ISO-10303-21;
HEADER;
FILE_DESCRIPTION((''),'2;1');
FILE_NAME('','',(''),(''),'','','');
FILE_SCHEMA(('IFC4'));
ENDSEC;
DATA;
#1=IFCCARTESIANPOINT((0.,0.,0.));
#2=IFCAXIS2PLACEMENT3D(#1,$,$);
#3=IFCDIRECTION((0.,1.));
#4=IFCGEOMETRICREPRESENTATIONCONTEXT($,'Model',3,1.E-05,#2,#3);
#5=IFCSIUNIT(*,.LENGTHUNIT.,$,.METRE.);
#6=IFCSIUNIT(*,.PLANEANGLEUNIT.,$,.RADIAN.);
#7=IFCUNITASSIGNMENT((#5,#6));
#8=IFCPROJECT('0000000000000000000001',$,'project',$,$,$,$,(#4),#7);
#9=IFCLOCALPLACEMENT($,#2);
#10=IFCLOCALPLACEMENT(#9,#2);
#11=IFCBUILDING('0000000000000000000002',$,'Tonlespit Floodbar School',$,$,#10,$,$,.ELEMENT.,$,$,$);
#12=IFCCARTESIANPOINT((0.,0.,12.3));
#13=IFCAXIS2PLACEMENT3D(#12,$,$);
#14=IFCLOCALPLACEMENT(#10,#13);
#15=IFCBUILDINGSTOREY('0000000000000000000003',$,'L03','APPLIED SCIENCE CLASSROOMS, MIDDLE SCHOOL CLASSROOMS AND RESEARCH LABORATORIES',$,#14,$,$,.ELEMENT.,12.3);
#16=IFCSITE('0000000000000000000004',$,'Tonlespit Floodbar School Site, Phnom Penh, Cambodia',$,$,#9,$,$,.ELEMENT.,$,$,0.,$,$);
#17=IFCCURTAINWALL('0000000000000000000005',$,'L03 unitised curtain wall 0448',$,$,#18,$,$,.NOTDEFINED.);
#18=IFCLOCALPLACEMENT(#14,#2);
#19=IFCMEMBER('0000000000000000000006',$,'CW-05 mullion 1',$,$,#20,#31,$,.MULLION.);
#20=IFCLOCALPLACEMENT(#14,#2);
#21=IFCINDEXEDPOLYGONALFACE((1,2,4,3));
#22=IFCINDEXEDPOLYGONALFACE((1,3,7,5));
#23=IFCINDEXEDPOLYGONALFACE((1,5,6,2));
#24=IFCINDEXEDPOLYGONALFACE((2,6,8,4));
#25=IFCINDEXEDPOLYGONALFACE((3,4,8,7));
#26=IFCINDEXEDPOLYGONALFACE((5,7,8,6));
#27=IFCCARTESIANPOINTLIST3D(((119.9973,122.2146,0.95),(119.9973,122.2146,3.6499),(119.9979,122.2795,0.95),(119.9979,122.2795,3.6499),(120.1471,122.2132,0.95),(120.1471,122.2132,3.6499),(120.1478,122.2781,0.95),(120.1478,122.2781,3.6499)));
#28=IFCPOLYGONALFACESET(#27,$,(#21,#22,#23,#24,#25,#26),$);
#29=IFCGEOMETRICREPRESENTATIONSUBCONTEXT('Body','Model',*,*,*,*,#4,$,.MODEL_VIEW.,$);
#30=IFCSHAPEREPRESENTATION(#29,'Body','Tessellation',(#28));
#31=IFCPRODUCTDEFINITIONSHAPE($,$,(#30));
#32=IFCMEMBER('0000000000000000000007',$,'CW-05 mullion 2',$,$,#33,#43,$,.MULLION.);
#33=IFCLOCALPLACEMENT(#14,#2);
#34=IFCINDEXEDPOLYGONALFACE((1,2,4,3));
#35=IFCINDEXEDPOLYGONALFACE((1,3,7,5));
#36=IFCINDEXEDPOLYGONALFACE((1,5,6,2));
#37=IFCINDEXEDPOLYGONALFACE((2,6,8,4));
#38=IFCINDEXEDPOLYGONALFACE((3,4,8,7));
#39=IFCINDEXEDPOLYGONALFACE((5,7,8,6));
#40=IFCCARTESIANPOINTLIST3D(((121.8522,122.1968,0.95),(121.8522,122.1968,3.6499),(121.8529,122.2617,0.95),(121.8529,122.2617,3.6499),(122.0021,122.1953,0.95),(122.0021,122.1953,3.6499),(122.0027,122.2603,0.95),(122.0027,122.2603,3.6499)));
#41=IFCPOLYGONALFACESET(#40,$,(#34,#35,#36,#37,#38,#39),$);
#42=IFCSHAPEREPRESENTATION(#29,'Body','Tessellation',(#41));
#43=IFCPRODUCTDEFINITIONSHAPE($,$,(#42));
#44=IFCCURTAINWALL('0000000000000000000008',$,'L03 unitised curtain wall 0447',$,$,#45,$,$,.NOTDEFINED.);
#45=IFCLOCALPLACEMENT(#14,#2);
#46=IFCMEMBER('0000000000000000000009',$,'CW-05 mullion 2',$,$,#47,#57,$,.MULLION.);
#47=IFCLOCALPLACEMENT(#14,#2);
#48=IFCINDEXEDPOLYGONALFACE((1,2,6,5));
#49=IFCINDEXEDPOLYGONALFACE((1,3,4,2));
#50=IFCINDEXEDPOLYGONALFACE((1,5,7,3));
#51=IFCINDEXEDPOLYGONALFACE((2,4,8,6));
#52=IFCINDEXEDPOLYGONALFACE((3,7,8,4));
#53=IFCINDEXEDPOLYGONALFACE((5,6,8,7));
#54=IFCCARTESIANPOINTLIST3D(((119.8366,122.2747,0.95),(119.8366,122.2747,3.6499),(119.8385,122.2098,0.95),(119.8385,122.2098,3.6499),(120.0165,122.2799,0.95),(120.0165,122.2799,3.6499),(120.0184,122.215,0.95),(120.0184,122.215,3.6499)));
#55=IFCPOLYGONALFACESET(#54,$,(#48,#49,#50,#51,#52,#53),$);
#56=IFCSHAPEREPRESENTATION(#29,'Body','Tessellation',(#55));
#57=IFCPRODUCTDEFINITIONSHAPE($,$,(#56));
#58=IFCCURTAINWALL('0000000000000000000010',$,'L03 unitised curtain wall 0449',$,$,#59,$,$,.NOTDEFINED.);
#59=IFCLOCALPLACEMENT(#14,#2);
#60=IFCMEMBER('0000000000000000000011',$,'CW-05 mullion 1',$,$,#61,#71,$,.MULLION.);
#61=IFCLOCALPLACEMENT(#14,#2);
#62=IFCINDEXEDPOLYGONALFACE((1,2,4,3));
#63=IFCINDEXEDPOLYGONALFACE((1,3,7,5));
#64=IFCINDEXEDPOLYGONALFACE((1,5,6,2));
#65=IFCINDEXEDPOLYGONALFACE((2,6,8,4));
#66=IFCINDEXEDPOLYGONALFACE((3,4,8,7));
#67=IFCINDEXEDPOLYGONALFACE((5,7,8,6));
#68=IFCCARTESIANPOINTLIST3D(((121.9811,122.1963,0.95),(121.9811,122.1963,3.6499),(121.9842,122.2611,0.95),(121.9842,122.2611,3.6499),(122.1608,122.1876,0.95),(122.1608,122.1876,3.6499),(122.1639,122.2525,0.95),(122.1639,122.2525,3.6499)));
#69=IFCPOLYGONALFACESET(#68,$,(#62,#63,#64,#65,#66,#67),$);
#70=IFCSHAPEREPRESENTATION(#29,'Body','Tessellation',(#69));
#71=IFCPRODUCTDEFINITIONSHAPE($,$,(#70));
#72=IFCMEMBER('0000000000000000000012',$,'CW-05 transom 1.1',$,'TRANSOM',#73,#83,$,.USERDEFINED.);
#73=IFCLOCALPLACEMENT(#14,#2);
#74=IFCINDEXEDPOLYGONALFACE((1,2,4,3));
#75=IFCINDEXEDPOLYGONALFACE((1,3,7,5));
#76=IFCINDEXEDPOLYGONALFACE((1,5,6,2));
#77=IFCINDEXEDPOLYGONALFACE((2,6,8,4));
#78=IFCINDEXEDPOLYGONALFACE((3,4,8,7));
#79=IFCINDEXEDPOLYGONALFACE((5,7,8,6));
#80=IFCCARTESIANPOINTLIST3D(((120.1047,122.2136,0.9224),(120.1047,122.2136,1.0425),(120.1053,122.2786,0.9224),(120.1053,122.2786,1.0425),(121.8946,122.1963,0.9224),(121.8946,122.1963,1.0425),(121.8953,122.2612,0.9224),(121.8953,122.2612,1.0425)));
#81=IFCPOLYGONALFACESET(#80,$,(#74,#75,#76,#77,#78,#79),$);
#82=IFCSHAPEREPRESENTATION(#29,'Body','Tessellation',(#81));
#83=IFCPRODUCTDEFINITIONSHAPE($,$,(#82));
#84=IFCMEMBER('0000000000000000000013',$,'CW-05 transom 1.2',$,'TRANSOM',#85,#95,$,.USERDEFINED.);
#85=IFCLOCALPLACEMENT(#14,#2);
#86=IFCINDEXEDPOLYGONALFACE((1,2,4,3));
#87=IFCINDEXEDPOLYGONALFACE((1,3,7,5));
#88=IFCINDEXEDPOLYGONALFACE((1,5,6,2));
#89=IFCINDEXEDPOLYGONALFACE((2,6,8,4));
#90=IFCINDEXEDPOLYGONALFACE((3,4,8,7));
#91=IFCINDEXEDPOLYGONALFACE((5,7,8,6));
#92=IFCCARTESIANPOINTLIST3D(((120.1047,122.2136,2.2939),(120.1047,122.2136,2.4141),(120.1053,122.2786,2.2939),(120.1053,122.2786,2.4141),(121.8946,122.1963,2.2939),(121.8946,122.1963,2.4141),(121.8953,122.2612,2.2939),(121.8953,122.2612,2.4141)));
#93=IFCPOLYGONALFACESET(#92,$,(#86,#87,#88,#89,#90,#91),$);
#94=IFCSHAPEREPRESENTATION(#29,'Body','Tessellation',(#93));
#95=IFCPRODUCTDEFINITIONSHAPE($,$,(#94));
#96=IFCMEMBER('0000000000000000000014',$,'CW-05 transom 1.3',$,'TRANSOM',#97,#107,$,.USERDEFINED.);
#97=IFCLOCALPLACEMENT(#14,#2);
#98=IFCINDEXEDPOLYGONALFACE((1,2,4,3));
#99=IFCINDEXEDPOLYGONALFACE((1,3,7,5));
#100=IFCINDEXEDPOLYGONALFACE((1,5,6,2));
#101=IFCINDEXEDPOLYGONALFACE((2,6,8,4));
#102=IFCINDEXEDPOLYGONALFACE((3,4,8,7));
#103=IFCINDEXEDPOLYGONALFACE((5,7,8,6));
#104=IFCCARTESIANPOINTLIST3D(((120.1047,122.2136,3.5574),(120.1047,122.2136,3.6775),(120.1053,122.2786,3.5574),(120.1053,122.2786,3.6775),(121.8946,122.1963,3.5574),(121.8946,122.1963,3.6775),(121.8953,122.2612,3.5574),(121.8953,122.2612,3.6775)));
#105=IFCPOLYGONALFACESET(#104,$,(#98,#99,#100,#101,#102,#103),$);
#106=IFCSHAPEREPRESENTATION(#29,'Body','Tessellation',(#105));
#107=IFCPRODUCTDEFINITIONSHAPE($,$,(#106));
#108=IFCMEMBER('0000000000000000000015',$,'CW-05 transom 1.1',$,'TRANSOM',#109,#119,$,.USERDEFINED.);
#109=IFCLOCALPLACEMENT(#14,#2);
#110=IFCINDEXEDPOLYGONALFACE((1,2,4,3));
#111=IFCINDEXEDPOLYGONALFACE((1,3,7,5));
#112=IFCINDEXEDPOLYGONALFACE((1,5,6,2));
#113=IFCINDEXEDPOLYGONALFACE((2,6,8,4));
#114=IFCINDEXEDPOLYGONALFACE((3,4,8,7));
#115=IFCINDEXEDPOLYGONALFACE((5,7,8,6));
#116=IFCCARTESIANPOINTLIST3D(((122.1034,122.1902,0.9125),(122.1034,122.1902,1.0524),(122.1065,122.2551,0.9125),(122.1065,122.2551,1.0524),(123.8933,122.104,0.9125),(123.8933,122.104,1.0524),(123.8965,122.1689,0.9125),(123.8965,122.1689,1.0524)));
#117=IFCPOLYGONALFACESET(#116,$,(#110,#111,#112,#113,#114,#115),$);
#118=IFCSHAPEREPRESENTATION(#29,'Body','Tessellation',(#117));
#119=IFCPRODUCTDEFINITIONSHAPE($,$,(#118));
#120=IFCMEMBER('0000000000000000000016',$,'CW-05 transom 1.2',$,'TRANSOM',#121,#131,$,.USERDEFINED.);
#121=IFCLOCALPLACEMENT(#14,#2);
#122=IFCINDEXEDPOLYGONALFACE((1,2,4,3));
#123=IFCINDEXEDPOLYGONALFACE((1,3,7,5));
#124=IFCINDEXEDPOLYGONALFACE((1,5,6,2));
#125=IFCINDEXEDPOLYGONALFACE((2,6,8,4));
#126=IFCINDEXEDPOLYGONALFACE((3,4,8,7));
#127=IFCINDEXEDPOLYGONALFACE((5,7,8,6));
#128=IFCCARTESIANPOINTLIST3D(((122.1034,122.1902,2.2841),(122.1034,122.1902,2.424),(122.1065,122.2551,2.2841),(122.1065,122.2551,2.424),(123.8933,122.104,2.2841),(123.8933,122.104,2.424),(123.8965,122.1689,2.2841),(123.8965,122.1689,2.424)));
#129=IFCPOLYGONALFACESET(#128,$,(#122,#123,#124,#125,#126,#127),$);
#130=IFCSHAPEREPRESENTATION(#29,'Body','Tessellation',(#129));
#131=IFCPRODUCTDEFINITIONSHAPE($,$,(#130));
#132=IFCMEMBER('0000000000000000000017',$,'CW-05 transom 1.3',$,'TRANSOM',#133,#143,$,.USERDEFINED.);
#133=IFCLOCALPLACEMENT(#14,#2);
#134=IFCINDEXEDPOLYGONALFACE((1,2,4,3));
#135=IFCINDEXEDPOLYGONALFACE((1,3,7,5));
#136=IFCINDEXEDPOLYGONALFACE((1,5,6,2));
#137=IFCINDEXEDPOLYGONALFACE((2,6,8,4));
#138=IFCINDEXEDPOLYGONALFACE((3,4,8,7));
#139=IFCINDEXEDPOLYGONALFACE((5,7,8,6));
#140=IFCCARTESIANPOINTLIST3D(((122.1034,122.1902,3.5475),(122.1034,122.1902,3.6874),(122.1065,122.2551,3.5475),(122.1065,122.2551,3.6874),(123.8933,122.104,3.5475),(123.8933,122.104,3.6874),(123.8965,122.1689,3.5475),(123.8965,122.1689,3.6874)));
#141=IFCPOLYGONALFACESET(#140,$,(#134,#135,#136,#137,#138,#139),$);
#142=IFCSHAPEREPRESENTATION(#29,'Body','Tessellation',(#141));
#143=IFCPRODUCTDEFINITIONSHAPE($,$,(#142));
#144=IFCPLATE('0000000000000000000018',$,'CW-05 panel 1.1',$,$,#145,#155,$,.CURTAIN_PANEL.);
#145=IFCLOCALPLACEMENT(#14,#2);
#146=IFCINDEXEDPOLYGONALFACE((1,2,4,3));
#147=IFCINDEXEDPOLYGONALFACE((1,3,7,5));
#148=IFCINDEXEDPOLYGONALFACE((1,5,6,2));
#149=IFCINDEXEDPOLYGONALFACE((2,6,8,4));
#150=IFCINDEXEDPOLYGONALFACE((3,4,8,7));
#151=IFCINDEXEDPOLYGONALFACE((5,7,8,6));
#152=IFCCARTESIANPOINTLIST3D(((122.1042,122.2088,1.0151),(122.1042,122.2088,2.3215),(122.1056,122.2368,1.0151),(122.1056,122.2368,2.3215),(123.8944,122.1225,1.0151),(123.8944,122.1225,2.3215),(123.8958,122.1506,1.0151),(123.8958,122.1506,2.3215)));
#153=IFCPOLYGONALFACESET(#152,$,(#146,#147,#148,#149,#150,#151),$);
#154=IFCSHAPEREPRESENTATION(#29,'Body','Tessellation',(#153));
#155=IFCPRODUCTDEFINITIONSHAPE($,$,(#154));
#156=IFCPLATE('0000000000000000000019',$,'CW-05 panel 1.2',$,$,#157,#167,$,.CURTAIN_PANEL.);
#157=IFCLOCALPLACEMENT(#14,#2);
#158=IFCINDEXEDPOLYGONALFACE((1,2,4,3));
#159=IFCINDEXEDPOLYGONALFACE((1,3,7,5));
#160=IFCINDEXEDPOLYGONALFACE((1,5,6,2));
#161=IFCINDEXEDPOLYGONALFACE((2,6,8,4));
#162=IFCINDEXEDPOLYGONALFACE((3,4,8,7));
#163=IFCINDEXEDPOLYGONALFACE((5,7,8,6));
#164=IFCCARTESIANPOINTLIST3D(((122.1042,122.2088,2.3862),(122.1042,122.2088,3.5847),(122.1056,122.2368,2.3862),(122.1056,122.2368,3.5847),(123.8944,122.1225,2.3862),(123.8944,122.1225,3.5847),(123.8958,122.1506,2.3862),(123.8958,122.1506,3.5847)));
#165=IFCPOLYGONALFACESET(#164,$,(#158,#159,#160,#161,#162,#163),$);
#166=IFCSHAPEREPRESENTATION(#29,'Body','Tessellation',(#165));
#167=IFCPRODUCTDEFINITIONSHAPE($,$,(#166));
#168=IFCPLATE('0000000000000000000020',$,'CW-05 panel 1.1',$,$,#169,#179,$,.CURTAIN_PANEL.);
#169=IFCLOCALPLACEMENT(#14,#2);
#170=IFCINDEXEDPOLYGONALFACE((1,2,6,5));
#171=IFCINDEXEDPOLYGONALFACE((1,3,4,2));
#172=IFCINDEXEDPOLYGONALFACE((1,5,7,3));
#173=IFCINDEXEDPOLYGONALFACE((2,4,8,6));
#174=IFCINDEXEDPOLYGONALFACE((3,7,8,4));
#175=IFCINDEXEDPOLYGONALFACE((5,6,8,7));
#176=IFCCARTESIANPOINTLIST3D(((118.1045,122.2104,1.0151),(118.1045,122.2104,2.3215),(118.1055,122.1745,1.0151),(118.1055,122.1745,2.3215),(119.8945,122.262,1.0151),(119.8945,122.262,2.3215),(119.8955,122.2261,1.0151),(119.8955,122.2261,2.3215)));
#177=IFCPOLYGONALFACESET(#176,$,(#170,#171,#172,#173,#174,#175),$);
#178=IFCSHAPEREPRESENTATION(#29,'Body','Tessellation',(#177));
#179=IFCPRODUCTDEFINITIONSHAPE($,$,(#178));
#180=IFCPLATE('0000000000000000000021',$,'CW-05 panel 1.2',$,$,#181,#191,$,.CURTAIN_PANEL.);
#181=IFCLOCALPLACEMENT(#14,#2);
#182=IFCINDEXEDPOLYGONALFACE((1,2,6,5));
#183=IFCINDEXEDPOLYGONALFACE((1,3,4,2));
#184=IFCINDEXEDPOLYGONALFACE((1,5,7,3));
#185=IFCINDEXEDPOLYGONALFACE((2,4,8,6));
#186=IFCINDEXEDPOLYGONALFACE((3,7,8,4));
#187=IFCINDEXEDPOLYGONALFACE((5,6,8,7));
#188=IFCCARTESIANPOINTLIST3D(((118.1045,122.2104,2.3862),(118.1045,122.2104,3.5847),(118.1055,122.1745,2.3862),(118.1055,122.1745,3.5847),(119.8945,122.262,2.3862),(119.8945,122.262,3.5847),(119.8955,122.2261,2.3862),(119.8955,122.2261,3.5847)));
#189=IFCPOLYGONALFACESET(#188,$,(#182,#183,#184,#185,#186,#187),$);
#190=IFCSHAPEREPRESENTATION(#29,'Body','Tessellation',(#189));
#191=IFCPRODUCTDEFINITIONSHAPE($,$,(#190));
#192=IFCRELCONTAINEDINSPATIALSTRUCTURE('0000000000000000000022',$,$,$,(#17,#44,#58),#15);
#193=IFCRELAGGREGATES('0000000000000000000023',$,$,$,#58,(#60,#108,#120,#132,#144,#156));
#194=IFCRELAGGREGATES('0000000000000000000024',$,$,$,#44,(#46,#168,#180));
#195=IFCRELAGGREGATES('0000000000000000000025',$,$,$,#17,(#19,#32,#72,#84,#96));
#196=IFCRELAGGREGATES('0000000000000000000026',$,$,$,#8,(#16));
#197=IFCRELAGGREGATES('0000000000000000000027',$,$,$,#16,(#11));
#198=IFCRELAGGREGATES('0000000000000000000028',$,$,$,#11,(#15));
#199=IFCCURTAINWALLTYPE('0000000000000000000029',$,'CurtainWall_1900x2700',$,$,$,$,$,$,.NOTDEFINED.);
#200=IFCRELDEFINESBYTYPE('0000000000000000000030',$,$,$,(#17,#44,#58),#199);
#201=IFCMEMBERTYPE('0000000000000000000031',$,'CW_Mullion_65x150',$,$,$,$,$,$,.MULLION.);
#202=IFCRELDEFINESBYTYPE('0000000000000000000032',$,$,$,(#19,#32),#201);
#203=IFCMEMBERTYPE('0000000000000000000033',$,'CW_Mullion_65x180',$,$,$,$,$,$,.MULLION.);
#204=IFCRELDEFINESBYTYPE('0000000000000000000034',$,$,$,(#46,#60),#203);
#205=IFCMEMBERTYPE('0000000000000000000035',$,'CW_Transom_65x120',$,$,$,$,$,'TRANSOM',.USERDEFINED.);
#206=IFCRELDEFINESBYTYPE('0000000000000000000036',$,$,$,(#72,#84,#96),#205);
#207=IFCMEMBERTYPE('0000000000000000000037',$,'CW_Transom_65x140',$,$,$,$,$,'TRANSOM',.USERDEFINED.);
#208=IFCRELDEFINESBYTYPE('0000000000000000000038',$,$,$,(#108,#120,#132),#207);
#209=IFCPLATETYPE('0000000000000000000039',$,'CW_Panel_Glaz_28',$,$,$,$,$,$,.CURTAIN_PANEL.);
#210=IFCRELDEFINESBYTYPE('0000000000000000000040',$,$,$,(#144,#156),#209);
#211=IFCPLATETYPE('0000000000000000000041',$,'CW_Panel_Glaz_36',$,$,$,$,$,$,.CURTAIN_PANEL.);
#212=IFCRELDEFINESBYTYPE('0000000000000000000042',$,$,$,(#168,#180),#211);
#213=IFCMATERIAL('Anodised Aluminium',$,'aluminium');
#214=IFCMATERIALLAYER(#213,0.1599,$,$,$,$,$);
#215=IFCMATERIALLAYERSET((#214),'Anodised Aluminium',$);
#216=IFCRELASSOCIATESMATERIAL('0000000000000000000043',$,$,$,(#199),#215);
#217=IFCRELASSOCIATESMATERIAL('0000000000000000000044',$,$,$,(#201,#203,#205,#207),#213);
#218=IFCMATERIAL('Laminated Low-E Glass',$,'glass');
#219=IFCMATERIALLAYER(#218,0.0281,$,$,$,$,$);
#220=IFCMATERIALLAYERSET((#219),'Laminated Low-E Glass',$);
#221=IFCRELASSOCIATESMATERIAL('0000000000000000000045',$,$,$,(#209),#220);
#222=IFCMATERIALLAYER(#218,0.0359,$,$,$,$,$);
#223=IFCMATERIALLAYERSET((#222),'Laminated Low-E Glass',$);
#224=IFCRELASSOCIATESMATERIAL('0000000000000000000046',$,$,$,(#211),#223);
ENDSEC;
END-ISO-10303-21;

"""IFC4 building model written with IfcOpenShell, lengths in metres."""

from ifc_helpers import new_model, si_unit, direction, frame, origin, origin_2d, place, context, subcontext, project, spatial, rectangle, extrude, material, layer, layer_set, material_profile, profile_set, type_object, element, aggregate, save


model = new_model("IFC4")

# Units and contexts
model_context = context("Model", 3, precision=1e-05, world=origin(), true_north=direction((0.0, 1.0)))
body_context = subcontext(model_context, "Body", "Model", "MODEL_VIEW")
ifc_project = project(units=[si_unit("LENGTHUNIT", "METRE"), si_unit("PLANEANGLEUNIT", "RADIAN")], contexts=[model_context])

# Site, building, storey
site_placement = place(None, origin())
site = spatial("IfcSite", under=ifc_project, at=site_placement, Name="Tonlespit Floodbar School Site, Phnom Penh, Cambodia", CompositionType="ELEMENT", RefElevation=0.0)
building_placement = place(site_placement, origin())
building = spatial("IfcBuilding", under=site, at=building_placement, Name="Tonlespit Floodbar School", CompositionType="ELEMENT")
storey_placement = place(building_placement, frame((0.0, 0.0, 12.3)))
storey = spatial("IfcBuildingStorey", under=building, at=storey_placement, Name="L03", Description="APPLIED SCIENCE CLASSROOMS, MIDDLE SCHOOL CLASSROOMS AND RESEARCH LABORATORIES", CompositionType="ELEMENT", Elevation=12.3)

# Curtain wall, members
ifc_material_1 = material(Name="Anodised Aluminium", Category="aluminium")
ifc_layer_1 = layer(ifc_material_1, 0.1599)
ifc_layer_set_1 = layer_set([ifc_layer_1], Name="Anodised Aluminium")
curtain_wall_type = type_object("IfcCurtainWallType", Name="CurtainWall_1900x2700", PredefinedType="NOTDEFINED", material=ifc_layer_set_1)
curtain_wall_1_placement = place(storey_placement, origin())
curtain_wall_1 = element("IfcCurtainWall", 1, at=curtain_wall_1_placement, inside=storey, type_object=curtain_wall_type, Name="L03 unitised curtain wall 0448", PredefinedType="NOTDEFINED")
ifc_material_profile_1 = material_profile(ifc_material_1, rectangle(XDim=0.0649, YDim=0.1499, at=origin_2d()), Name="ALU M65x150")
ifc_profile_set_1 = profile_set([ifc_material_profile_1], Name="Anodised Aluminium")
member_type_1 = type_object("IfcMemberType", Name="CW_Mullion_65x150", PredefinedType="MULLION", material=ifc_profile_set_1)
member_1_placement = place(storey_placement, frame((120.0725, 122.2463, 0.95), z_axis=(0.0, 0.0, 1.0), x_axis=(0.009583, 0.999954, 0.0)))
member_1 = element("IfcMember", 2, at=member_1_placement, type_object=member_type_1, Name="CW-05 mullion 1", PredefinedType="MULLION", context=body_context, shape_type="SweptSolid", body=[
    extrude(rectangle(XDim=0.0649, YDim=0.1499, at=origin_2d()), origin(), (0.0, 0.0, 1.0), 2.7),
])
member_2_placement = place(storey_placement, frame((121.9275, 122.2285, 0.95), z_axis=(0.0, 0.0, 1.0), x_axis=(0.009583, 0.999954, 0.0)))
member_2 = element("IfcMember", 3, at=member_2_placement, type_object=member_type_1, Name="CW-05 mullion 2", PredefinedType="MULLION", context=body_context, shape_type="SweptSolid", body=[
    extrude(rectangle(XDim=0.0649, YDim=0.1499, at=origin_2d()), origin(), (0.0, 0.0, 1.0), 2.7),
])

# Curtain walls, members
curtain_wall_2_placement = place(storey_placement, origin())
curtain_wall_2 = element("IfcCurtainWall", 4, at=curtain_wall_2_placement, inside=storey, type_object=curtain_wall_type, Name="L03 unitised curtain wall 0447", PredefinedType="NOTDEFINED")
ifc_material_profile_2 = material_profile(ifc_material_1, rectangle(XDim=0.0649, YDim=0.1799, at=origin_2d()), Name="ALU M65x180")
ifc_profile_set_2 = profile_set([ifc_material_profile_2], Name="Anodised Aluminium")
member_type_2 = type_object("IfcMemberType", Name="CW_Mullion_65x180", PredefinedType="MULLION", material=ifc_profile_set_2)
member_3_placement = place(storey_placement, frame((119.9275, 122.2449, 0.95), z_axis=(0.0, 0.0, 1.0), x_axis=(-0.02879, 0.999585, 0.0)))
member_3 = element("IfcMember", 5, at=member_3_placement, type_object=member_type_2, Name="CW-05 mullion 2", PredefinedType="MULLION", context=body_context, shape_type="SweptSolid", body=[
    extrude(rectangle(XDim=0.0649, YDim=0.1799, at=origin_2d()), origin(), (0.0, 0.0, 1.0), 2.7),
])
curtain_wall_3_placement = place(storey_placement, origin())
curtain_wall_3 = element("IfcCurtainWall", 6, at=curtain_wall_3_placement, inside=storey, type_object=curtain_wall_type, Name="L03 unitised curtain wall 0449", PredefinedType="NOTDEFINED")
member_4_placement = place(storey_placement, frame((122.0725, 122.2244, 0.95), z_axis=(0.0, 0.0, 1.0), x_axis=(0.048121, 0.998842, 0.0)))
member_4 = element("IfcMember", 7, at=member_4_placement, type_object=member_type_2, Name="CW-05 mullion 1", PredefinedType="MULLION", context=body_context, shape_type="SweptSolid", body=[
    extrude(rectangle(XDim=0.0649, YDim=0.1799, at=origin_2d()), origin(), (0.0, 0.0, 1.0), 2.7),
])

# Members
ifc_material_profile_3 = material_profile(ifc_material_1, rectangle(XDim=0.0649, YDim=0.1201, at=origin_2d()), Name="ALU T65x120")
ifc_profile_set_3 = profile_set([ifc_material_profile_3], Name="Anodised Aluminium")
member_type_3 = type_object("IfcMemberType", Name="CW_Transom_65x120", ElementType="TRANSOM", PredefinedType="USERDEFINED", material=ifc_profile_set_3)
member_5_placement = place(storey_placement, frame((120.105, 122.2461, 0.9824), z_axis=(0.999953, -0.009683, 0.0), x_axis=(0.009683, 0.999953, 0.0)))
member_5 = element("IfcMember", 8, at=member_5_placement, type_object=member_type_3, Name="CW-05 transom 1.1", ObjectType="TRANSOM", PredefinedType="USERDEFINED", context=body_context, shape_type="SweptSolid", body=[
    extrude(rectangle(XDim=0.0649, YDim=0.1201, at=origin_2d()), origin(), (0.0, 0.0, 1.0), 1.79),
])
member_6_placement = place(storey_placement, frame((120.105, 122.2461, 2.354), z_axis=(0.999953, -0.009683, 0.0), x_axis=(0.009683, 0.999953, 0.0)))
member_6 = element("IfcMember", 9, at=member_6_placement, type_object=member_type_3, Name="CW-05 transom 1.2", ObjectType="TRANSOM", PredefinedType="USERDEFINED", context=body_context, shape_type="SweptSolid", body=[
    extrude(rectangle(XDim=0.0649, YDim=0.1201, at=origin_2d()), origin(), (0.0, 0.0, 1.0), 1.79),
])
member_7_placement = place(storey_placement, frame((120.105, 122.2461, 3.6174), z_axis=(0.999953, -0.009683, 0.0), x_axis=(0.009683, 0.999953, 0.0)))
member_7 = element("IfcMember", 10, at=member_7_placement, type_object=member_type_3, Name="CW-05 transom 1.3", ObjectType="TRANSOM", PredefinedType="USERDEFINED", context=body_context, shape_type="SweptSolid", body=[
    extrude(rectangle(XDim=0.0649, YDim=0.1201, at=origin_2d()), origin(), (0.0, 0.0, 1.0), 1.79),
])
ifc_material_profile_4 = material_profile(ifc_material_1, rectangle(XDim=0.0649, YDim=0.1399, at=origin_2d()), Name="ALU T65x140")
ifc_profile_set_4 = profile_set([ifc_material_profile_4], Name="Anodised Aluminium")
member_type_4 = type_object("IfcMemberType", Name="CW_Transom_65x140", ElementType="TRANSOM", PredefinedType="USERDEFINED", material=ifc_profile_set_4)
member_8_placement = place(storey_placement, frame((122.105, 122.2227, 0.9824), z_axis=(0.998843, -0.048089, 0.0), x_axis=(0.048089, 0.998843, 0.0)))
member_8 = element("IfcMember", 11, at=member_8_placement, type_object=member_type_4, Name="CW-05 transom 1.1", ObjectType="TRANSOM", PredefinedType="USERDEFINED", context=body_context, shape_type="SweptSolid", body=[
    extrude(rectangle(XDim=0.0649, YDim=0.1399, at=origin_2d()), origin(), (0.0, 0.0, 1.0), 1.792),
])
member_9_placement = place(storey_placement, frame((122.105, 122.2227, 2.354), z_axis=(0.998843, -0.048089, 0.0), x_axis=(0.048089, 0.998843, 0.0)))
member_9 = element("IfcMember", 12, at=member_9_placement, type_object=member_type_4, Name="CW-05 transom 1.2", ObjectType="TRANSOM", PredefinedType="USERDEFINED", context=body_context, shape_type="SweptSolid", body=[
    extrude(rectangle(XDim=0.0649, YDim=0.1399, at=origin_2d()), origin(), (0.0, 0.0, 1.0), 1.792),
])
member_10_placement = place(storey_placement, frame((122.105, 122.2227, 3.6174), z_axis=(0.998843, -0.048089, 0.0), x_axis=(0.048089, 0.998843, 0.0)))
member_10 = element("IfcMember", 13, at=member_10_placement, type_object=member_type_4, Name="CW-05 transom 1.3", ObjectType="TRANSOM", PredefinedType="USERDEFINED", context=body_context, shape_type="SweptSolid", body=[
    extrude(rectangle(XDim=0.0649, YDim=0.1399, at=origin_2d()), origin(), (0.0, 0.0, 1.0), 1.792),
])

# Plates
ifc_material_2 = material(Name="Laminated Low-E Glass", Category="glass")
ifc_layer_2 = layer(ifc_material_2, 0.0281)
ifc_layer_set_2 = layer_set([ifc_layer_2], Name="Laminated Low-E Glass")
plate_type_1 = type_object("IfcPlateType", Name="CW_Panel_Glaz_28", PredefinedType="CURTAIN_PANEL", material=ifc_layer_set_2)
plate_1_placement = place(storey_placement, frame((123.0, 122.1797, 1.0151), z_axis=(0.0, 0.0, 1.0), x_axis=(0.998842, -0.048121, 0.0)))
plate_1 = element("IfcPlate", 14, at=plate_1_placement, type_object=plate_type_1, Name="CW-05 panel 1.1", PredefinedType="CURTAIN_PANEL", context=body_context, shape_type="SweptSolid", body=[
    extrude(rectangle(XDim=1.7922, YDim=0.0281, at=origin_2d()), origin(), (0.0, 0.0, 1.0), 1.3064),
])
plate_2_placement = place(storey_placement, frame((123.0, 122.1797, 2.3862), z_axis=(0.0, 0.0, 1.0), x_axis=(0.998842, -0.048121, 0.0)))
plate_2 = element("IfcPlate", 15, at=plate_2_placement, type_object=plate_type_1, Name="CW-05 panel 1.2", PredefinedType="CURTAIN_PANEL", context=body_context, shape_type="SweptSolid", body=[
    extrude(rectangle(XDim=1.7922, YDim=0.0281, at=origin_2d()), origin(), (0.0, 0.0, 1.0), 1.1985),
])
aggregate(curtain_wall_3, [member_4, member_8, member_9, member_10, plate_1, plate_2])
ifc_layer_3 = layer(ifc_material_2, 0.0359)
ifc_layer_set_3 = layer_set([ifc_layer_3], Name="Laminated Low-E Glass")
plate_type_2 = type_object("IfcPlateType", Name="CW_Panel_Glaz_36", PredefinedType="CURTAIN_PANEL", material=ifc_layer_set_3)
plate_3_placement = place(storey_placement, frame((119.0, 122.2183, 1.0151), z_axis=(0.0, 0.0, 1.0), x_axis=(0.999585, 0.02879, 0.0)))
plate_3 = element("IfcPlate", 16, at=plate_3_placement, type_object=plate_type_2, Name="CW-05 panel 1.1", PredefinedType="CURTAIN_PANEL", context=body_context, shape_type="SweptSolid", body=[
    extrude(rectangle(XDim=1.7908, YDim=0.0359, at=origin_2d()), origin(), (0.0, 0.0, 1.0), 1.3064),
])
plate_4_placement = place(storey_placement, frame((119.0, 122.2183, 2.3862), z_axis=(0.0, 0.0, 1.0), x_axis=(0.999585, 0.02879, 0.0)))
plate_4 = element("IfcPlate", 17, at=plate_4_placement, type_object=plate_type_2, Name="CW-05 panel 1.2", PredefinedType="CURTAIN_PANEL", context=body_context, shape_type="SweptSolid", body=[
    extrude(rectangle(XDim=1.7908, YDim=0.0359, at=origin_2d()), origin(), (0.0, 0.0, 1.0), 1.1985),
])
aggregate(curtain_wall_2, [member_3, plate_3, plate_4])
aggregate(curtain_wall_1, [member_1, member_2, member_5, member_6, member_7])

save(model, "model.ifc")
